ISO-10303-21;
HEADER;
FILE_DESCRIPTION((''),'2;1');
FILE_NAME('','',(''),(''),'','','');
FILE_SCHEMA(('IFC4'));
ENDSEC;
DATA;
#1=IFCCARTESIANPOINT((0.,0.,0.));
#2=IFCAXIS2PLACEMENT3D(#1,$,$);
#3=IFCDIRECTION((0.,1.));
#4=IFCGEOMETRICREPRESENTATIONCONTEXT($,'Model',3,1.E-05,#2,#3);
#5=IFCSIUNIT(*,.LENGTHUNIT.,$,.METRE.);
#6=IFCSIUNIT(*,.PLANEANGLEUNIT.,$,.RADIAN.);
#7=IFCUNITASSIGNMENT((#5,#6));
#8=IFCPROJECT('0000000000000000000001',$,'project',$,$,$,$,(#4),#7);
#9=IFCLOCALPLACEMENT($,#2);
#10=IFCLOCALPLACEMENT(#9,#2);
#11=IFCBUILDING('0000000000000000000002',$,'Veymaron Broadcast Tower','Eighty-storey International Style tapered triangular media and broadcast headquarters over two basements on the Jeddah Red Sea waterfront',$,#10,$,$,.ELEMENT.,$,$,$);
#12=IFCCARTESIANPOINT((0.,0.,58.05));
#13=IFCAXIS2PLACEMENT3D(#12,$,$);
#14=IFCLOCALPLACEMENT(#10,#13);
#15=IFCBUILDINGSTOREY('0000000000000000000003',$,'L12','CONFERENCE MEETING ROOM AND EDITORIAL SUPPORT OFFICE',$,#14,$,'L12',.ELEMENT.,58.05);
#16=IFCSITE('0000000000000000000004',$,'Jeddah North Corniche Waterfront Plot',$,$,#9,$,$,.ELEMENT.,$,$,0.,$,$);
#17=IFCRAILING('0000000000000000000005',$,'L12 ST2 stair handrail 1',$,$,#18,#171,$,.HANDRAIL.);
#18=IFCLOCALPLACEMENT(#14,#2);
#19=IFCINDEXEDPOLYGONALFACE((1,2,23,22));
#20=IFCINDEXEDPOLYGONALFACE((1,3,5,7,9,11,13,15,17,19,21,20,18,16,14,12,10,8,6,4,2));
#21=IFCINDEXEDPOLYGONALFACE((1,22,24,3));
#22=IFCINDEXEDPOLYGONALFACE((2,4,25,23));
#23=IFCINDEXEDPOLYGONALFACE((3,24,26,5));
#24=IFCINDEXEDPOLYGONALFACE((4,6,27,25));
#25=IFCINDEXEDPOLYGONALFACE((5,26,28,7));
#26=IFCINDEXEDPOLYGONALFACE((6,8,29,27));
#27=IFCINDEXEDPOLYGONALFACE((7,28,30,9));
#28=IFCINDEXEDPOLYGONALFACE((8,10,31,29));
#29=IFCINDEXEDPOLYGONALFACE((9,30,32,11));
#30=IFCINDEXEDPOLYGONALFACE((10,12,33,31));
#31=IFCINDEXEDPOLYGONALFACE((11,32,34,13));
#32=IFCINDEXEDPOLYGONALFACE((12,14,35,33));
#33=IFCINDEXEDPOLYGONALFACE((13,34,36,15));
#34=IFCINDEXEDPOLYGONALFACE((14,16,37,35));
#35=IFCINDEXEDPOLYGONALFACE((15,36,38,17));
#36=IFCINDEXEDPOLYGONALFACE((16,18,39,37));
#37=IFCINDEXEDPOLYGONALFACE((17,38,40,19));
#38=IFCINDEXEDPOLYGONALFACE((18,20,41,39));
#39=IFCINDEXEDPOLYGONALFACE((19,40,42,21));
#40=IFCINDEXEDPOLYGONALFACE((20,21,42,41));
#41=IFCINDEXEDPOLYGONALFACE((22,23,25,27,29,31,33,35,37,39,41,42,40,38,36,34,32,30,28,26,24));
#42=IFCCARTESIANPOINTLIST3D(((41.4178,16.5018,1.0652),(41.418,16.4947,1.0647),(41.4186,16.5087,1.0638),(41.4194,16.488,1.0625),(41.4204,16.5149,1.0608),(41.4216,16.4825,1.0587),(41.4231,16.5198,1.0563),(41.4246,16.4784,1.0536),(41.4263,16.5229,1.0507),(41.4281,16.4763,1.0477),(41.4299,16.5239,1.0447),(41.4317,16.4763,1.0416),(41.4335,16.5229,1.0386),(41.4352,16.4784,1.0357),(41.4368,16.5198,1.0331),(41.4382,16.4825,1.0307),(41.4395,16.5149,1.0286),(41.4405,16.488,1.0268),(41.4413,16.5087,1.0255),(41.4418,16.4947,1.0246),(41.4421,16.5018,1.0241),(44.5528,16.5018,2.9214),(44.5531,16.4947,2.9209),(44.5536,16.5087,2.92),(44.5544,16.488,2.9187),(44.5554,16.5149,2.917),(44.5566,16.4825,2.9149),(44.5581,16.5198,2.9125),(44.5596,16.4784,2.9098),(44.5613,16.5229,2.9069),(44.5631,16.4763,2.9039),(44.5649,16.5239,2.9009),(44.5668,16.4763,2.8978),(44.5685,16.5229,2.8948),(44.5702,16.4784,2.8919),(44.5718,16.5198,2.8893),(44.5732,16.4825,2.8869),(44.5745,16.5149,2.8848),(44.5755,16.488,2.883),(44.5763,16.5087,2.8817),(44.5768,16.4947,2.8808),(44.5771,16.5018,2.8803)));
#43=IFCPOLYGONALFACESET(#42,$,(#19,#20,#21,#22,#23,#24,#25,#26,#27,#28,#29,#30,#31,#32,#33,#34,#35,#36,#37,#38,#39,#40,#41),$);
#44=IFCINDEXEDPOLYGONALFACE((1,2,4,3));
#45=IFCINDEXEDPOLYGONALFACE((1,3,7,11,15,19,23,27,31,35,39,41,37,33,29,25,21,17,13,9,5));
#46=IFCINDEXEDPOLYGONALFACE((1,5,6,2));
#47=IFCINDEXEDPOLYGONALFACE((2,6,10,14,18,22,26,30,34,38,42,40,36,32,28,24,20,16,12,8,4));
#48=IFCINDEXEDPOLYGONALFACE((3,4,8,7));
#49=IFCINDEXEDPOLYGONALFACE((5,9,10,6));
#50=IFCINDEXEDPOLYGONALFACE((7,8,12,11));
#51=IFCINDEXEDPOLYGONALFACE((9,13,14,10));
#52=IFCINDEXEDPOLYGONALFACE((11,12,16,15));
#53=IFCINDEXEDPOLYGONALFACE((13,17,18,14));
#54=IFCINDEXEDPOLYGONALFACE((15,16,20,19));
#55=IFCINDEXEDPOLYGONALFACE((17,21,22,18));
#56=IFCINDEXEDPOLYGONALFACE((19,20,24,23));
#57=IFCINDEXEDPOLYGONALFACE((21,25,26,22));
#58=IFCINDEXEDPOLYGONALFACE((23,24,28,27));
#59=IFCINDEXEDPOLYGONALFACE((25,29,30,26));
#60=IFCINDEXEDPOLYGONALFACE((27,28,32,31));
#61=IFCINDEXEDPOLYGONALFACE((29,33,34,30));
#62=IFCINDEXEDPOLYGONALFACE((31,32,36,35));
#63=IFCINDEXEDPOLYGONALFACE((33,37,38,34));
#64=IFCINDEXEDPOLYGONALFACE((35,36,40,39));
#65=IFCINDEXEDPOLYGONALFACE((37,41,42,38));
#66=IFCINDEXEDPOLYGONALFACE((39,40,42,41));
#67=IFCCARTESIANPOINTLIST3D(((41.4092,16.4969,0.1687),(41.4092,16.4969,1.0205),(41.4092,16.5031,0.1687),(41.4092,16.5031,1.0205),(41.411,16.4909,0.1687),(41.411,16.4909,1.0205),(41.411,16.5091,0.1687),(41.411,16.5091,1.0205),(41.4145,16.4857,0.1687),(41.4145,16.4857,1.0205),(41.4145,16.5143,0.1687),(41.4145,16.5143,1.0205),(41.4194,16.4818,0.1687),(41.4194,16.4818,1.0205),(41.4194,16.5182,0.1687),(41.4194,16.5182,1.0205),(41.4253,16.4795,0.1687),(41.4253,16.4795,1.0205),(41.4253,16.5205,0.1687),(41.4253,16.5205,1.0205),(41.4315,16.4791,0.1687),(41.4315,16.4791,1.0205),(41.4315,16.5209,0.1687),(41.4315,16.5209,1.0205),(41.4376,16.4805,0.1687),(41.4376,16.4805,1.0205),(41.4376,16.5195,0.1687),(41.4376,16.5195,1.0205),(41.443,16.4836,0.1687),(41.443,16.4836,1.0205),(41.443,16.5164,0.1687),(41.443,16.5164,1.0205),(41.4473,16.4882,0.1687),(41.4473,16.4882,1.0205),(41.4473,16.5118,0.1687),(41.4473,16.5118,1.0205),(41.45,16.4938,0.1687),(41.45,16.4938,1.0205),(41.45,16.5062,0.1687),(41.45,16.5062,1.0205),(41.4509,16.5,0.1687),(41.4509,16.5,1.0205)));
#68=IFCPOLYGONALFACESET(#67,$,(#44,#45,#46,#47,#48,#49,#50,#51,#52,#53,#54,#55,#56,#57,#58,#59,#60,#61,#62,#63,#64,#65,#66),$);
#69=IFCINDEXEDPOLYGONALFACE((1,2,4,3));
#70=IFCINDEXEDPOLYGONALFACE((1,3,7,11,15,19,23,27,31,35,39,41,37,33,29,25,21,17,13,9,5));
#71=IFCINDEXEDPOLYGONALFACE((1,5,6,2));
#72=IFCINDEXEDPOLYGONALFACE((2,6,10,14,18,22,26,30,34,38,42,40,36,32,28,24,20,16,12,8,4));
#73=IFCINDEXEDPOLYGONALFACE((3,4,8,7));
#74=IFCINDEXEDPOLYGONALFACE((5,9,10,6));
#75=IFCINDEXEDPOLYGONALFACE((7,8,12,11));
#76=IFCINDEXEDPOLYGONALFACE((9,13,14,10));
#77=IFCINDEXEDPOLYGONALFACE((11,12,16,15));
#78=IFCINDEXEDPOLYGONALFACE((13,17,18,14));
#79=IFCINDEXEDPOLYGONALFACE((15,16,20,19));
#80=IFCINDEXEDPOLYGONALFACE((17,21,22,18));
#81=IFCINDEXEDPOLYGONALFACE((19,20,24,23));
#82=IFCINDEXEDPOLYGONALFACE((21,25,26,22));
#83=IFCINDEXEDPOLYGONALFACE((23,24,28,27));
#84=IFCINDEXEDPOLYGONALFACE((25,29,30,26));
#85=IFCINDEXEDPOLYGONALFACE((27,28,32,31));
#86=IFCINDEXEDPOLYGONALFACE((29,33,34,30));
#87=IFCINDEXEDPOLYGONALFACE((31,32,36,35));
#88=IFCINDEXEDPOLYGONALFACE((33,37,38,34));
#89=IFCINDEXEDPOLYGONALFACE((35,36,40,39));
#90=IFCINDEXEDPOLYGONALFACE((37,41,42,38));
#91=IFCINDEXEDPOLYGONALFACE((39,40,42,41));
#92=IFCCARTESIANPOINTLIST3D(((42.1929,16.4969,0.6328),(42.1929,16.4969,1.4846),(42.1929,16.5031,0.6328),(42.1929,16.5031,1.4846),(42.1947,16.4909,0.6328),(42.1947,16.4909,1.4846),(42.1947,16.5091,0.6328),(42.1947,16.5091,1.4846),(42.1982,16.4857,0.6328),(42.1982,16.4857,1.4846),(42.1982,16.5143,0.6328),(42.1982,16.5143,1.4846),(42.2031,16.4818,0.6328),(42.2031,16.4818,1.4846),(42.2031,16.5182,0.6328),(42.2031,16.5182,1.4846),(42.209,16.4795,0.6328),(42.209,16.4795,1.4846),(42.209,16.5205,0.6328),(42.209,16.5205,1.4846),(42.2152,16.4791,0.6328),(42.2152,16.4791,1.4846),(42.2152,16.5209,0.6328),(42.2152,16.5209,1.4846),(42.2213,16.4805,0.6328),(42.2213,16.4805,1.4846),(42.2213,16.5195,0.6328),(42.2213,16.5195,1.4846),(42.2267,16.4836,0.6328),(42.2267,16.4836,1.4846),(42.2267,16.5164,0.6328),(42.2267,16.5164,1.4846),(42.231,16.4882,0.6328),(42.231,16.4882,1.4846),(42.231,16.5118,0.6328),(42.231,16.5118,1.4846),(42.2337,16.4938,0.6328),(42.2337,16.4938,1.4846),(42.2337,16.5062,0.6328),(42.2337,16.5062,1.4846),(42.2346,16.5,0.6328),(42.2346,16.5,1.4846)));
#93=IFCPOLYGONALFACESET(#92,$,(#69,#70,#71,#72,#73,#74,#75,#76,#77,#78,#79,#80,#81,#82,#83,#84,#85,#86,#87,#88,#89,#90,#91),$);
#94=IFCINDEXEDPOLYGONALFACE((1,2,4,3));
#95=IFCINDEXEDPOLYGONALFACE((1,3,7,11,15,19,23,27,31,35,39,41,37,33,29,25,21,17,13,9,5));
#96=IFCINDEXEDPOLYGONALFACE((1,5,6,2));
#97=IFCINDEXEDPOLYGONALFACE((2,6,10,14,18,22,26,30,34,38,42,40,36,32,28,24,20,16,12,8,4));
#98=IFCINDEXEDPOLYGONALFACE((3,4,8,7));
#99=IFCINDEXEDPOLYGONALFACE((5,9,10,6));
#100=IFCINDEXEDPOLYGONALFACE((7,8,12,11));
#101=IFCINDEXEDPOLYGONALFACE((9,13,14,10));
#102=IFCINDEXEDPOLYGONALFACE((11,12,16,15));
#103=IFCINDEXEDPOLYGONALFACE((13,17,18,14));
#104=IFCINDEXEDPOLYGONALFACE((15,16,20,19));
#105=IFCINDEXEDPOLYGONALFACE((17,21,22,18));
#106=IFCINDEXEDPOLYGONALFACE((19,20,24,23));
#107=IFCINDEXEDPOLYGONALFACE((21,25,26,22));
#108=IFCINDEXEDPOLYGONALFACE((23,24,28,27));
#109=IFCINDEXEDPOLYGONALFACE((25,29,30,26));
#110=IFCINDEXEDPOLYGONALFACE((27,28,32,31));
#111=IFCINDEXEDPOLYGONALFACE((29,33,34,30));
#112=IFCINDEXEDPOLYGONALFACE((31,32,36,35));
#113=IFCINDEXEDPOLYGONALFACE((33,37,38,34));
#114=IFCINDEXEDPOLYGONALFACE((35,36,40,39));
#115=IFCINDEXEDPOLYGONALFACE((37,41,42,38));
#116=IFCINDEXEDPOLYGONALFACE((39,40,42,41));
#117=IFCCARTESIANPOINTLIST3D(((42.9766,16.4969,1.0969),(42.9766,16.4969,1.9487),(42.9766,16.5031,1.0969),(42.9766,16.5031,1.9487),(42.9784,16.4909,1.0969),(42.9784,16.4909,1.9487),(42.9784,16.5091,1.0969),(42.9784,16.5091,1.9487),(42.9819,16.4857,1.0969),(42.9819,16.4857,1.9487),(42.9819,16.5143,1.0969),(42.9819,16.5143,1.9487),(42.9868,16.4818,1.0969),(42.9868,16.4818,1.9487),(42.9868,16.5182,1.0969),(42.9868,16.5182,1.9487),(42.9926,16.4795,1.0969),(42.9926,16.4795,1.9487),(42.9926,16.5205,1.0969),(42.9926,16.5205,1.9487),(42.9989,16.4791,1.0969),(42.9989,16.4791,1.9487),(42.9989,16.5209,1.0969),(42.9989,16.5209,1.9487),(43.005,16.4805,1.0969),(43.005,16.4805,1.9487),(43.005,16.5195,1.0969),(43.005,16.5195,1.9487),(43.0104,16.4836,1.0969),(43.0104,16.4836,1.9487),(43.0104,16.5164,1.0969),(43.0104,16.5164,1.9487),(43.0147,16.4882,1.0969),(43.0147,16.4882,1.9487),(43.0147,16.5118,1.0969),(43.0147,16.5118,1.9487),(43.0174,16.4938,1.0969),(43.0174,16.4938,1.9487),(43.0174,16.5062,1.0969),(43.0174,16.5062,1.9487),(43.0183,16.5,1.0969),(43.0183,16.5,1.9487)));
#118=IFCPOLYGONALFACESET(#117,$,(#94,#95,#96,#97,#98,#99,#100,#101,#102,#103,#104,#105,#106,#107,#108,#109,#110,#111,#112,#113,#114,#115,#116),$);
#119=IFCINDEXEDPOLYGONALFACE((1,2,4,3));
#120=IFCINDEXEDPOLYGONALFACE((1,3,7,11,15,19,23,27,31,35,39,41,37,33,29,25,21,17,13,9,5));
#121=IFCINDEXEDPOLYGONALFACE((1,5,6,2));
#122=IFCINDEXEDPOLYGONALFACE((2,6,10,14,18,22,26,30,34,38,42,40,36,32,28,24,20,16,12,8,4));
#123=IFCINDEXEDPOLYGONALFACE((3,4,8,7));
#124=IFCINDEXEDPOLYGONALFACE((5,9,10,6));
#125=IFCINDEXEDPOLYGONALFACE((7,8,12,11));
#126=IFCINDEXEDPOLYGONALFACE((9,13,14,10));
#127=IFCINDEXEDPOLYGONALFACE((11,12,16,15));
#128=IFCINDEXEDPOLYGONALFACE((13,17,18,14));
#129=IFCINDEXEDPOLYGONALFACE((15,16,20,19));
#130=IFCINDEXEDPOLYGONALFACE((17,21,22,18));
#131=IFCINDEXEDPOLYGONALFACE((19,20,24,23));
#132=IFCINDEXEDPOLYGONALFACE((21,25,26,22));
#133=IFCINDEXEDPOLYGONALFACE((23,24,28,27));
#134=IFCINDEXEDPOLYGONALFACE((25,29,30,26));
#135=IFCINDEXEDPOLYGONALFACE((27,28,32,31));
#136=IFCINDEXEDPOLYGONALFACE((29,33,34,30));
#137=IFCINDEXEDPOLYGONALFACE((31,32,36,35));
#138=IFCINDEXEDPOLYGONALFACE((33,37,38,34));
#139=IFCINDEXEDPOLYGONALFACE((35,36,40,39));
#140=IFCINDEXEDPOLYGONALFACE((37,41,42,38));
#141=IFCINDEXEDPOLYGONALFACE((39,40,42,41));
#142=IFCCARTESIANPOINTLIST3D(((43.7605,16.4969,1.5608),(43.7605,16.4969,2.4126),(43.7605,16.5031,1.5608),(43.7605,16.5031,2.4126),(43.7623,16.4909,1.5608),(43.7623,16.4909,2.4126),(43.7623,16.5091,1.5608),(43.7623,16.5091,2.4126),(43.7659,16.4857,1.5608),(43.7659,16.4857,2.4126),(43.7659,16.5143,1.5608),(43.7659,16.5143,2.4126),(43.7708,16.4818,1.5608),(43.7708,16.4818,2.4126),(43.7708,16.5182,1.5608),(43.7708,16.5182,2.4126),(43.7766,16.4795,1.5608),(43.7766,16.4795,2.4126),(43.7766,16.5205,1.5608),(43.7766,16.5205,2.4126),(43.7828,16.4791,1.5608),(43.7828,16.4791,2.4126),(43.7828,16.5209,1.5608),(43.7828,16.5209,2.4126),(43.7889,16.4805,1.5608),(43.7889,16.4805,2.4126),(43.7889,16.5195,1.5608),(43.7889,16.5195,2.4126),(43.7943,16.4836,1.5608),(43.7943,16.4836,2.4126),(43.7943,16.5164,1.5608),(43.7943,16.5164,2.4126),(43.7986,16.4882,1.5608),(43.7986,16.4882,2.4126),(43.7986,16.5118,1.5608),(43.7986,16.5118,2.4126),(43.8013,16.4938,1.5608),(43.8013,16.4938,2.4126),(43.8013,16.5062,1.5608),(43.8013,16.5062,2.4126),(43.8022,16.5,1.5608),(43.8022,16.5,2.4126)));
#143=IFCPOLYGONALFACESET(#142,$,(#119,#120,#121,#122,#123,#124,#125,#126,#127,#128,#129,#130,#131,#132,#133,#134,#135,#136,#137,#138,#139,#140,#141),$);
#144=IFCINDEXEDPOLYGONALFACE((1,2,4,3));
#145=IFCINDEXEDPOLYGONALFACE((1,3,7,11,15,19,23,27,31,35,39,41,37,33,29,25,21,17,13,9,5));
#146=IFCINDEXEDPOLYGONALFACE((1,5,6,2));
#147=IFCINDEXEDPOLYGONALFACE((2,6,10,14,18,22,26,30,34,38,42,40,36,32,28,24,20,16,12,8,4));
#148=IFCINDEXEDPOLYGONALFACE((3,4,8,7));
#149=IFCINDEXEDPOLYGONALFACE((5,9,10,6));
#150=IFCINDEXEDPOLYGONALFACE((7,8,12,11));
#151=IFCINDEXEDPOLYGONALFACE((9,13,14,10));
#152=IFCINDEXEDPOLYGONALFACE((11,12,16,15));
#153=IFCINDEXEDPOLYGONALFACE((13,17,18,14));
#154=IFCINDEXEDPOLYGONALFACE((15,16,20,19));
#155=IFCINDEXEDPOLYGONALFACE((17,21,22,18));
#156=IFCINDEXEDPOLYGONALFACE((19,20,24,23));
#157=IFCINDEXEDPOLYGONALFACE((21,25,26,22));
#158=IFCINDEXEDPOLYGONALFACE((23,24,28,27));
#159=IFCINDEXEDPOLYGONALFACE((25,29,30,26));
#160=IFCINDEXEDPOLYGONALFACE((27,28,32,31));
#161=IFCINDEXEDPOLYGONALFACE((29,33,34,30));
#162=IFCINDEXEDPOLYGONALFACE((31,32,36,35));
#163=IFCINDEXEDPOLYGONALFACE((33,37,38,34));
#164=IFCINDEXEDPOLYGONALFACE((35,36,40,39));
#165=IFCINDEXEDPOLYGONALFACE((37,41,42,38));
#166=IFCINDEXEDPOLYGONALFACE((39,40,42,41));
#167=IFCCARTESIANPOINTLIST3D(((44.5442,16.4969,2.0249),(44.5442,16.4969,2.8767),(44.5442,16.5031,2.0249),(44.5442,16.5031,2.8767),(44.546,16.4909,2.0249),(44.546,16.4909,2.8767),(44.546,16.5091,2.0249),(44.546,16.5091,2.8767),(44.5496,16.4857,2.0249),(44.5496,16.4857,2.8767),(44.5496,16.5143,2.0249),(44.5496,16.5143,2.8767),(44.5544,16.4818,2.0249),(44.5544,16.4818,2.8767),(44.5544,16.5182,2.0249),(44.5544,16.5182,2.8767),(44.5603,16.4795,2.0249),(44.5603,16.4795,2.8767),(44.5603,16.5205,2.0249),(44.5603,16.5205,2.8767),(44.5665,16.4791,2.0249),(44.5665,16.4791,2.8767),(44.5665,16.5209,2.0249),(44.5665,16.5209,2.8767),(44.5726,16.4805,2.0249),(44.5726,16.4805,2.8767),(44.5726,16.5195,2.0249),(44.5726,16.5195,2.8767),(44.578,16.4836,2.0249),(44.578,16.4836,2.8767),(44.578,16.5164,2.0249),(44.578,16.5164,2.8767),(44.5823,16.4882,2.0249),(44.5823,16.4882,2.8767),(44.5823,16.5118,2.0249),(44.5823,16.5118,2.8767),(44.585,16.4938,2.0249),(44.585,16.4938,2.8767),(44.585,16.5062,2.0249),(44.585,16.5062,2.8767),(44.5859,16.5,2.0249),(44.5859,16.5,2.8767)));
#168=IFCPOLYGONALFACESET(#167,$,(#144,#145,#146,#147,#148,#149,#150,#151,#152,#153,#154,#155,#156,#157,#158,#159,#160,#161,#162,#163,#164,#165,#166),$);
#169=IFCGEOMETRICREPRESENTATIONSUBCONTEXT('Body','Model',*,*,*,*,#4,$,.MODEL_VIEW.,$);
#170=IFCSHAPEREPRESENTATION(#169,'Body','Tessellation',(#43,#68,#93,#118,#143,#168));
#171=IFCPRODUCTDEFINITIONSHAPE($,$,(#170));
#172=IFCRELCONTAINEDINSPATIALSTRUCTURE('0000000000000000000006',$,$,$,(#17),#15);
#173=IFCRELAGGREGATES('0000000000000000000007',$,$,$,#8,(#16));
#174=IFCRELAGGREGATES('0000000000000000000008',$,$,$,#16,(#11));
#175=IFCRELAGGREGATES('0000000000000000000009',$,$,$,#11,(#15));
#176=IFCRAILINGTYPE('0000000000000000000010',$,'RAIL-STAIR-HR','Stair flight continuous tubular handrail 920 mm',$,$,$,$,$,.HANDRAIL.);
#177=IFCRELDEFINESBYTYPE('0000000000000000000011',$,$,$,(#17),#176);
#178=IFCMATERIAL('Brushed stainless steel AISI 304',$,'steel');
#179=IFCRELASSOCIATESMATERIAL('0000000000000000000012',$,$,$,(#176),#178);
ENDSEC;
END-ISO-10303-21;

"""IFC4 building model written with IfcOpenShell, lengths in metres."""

from ifc_helpers import new_model, si_unit, direction, frame, origin, origin_2d, place, context, subcontext, project, spatial, circle, extrude, material, type_object, element, save


model = new_model("IFC4")

# Units and contexts
model_context = context("Model", 3, precision=1e-05, world=origin(), true_north=direction((0.0, 1.0)))
body_context = subcontext(model_context, "Body", "Model", "MODEL_VIEW")
ifc_project = project(units=[si_unit("LENGTHUNIT", "METRE"), si_unit("PLANEANGLEUNIT", "RADIAN")], contexts=[model_context])

# Site, building, storey
site_placement = place(None, origin())
site = spatial("IfcSite", under=ifc_project, at=site_placement, Name="Jeddah North Corniche Waterfront Plot", CompositionType="ELEMENT", RefElevation=0.0)
building_placement = place(site_placement, origin())
building = spatial("IfcBuilding", under=site, at=building_placement, Name="Veymaron Broadcast Tower", Description="Eighty-storey International Style tapered triangular media and broadcast headquarters over two basements on the Jeddah Red Sea waterfront", CompositionType="ELEMENT")
storey_placement = place(building_placement, frame((0.0, 0.0, 58.05)))
storey = spatial("IfcBuildingStorey", under=building, at=storey_placement, Name="L12", Description="CONFERENCE MEETING ROOM AND EDITORIAL SUPPORT OFFICE", LongName="L12", CompositionType="ELEMENT", Elevation=58.05)

# Shared definitions
ifc_material_1 = material(Name="Brushed stainless steel AISI 304", Category="steel")

# Railing
railing_type_1 = type_object("IfcRailingType", Name="RAIL-STAIR-HR", Description="Stair flight continuous tubular handrail 920 mm", PredefinedType="HANDRAIL", material=ifc_material_1)
railing_1_placement = place(storey_placement, frame((41.4299, 16.5, 0.1687)))
element("IfcRailing", 1, at=railing_1_placement, inside=storey, type_object=railing_type_1, Name="L12 ST2 stair handrail 1", PredefinedType="HANDRAIL", context=body_context, shape_type="SweptSolid", body=[
    extrude(circle(Radius=0.0239, at=origin_2d()), frame((0.0, 0.0, 0.876), z_axis=(0.860482, 0.0, 0.509481), x_axis=(0.0, 1.0, 0.0)), (0.0, 0.0, 1.0), 3.6433),
    extrude(circle(Radius=0.021, at=origin_2d()), origin(), (0.0, 0.0, 1.0), 0.8518),
    extrude(circle(Radius=0.021, at=origin_2d()), frame((0.7837, 0.0, 0.4641)), (0.0, 0.0, 1.0), 0.8518),
    extrude(circle(Radius=0.021, at=origin_2d()), frame((1.5674, 0.0, 0.9282)), (0.0, 0.0, 1.0), 0.8518),
    extrude(circle(Radius=0.021, at=origin_2d()), frame((2.3513, 0.0, 1.3921)), (0.0, 0.0, 1.0), 0.8518),
    extrude(circle(Radius=0.021, at=origin_2d()), frame((3.135, 0.0, 1.8562)), (0.0, 0.0, 1.0), 0.8518),
])

save(model, "model.ifc")
